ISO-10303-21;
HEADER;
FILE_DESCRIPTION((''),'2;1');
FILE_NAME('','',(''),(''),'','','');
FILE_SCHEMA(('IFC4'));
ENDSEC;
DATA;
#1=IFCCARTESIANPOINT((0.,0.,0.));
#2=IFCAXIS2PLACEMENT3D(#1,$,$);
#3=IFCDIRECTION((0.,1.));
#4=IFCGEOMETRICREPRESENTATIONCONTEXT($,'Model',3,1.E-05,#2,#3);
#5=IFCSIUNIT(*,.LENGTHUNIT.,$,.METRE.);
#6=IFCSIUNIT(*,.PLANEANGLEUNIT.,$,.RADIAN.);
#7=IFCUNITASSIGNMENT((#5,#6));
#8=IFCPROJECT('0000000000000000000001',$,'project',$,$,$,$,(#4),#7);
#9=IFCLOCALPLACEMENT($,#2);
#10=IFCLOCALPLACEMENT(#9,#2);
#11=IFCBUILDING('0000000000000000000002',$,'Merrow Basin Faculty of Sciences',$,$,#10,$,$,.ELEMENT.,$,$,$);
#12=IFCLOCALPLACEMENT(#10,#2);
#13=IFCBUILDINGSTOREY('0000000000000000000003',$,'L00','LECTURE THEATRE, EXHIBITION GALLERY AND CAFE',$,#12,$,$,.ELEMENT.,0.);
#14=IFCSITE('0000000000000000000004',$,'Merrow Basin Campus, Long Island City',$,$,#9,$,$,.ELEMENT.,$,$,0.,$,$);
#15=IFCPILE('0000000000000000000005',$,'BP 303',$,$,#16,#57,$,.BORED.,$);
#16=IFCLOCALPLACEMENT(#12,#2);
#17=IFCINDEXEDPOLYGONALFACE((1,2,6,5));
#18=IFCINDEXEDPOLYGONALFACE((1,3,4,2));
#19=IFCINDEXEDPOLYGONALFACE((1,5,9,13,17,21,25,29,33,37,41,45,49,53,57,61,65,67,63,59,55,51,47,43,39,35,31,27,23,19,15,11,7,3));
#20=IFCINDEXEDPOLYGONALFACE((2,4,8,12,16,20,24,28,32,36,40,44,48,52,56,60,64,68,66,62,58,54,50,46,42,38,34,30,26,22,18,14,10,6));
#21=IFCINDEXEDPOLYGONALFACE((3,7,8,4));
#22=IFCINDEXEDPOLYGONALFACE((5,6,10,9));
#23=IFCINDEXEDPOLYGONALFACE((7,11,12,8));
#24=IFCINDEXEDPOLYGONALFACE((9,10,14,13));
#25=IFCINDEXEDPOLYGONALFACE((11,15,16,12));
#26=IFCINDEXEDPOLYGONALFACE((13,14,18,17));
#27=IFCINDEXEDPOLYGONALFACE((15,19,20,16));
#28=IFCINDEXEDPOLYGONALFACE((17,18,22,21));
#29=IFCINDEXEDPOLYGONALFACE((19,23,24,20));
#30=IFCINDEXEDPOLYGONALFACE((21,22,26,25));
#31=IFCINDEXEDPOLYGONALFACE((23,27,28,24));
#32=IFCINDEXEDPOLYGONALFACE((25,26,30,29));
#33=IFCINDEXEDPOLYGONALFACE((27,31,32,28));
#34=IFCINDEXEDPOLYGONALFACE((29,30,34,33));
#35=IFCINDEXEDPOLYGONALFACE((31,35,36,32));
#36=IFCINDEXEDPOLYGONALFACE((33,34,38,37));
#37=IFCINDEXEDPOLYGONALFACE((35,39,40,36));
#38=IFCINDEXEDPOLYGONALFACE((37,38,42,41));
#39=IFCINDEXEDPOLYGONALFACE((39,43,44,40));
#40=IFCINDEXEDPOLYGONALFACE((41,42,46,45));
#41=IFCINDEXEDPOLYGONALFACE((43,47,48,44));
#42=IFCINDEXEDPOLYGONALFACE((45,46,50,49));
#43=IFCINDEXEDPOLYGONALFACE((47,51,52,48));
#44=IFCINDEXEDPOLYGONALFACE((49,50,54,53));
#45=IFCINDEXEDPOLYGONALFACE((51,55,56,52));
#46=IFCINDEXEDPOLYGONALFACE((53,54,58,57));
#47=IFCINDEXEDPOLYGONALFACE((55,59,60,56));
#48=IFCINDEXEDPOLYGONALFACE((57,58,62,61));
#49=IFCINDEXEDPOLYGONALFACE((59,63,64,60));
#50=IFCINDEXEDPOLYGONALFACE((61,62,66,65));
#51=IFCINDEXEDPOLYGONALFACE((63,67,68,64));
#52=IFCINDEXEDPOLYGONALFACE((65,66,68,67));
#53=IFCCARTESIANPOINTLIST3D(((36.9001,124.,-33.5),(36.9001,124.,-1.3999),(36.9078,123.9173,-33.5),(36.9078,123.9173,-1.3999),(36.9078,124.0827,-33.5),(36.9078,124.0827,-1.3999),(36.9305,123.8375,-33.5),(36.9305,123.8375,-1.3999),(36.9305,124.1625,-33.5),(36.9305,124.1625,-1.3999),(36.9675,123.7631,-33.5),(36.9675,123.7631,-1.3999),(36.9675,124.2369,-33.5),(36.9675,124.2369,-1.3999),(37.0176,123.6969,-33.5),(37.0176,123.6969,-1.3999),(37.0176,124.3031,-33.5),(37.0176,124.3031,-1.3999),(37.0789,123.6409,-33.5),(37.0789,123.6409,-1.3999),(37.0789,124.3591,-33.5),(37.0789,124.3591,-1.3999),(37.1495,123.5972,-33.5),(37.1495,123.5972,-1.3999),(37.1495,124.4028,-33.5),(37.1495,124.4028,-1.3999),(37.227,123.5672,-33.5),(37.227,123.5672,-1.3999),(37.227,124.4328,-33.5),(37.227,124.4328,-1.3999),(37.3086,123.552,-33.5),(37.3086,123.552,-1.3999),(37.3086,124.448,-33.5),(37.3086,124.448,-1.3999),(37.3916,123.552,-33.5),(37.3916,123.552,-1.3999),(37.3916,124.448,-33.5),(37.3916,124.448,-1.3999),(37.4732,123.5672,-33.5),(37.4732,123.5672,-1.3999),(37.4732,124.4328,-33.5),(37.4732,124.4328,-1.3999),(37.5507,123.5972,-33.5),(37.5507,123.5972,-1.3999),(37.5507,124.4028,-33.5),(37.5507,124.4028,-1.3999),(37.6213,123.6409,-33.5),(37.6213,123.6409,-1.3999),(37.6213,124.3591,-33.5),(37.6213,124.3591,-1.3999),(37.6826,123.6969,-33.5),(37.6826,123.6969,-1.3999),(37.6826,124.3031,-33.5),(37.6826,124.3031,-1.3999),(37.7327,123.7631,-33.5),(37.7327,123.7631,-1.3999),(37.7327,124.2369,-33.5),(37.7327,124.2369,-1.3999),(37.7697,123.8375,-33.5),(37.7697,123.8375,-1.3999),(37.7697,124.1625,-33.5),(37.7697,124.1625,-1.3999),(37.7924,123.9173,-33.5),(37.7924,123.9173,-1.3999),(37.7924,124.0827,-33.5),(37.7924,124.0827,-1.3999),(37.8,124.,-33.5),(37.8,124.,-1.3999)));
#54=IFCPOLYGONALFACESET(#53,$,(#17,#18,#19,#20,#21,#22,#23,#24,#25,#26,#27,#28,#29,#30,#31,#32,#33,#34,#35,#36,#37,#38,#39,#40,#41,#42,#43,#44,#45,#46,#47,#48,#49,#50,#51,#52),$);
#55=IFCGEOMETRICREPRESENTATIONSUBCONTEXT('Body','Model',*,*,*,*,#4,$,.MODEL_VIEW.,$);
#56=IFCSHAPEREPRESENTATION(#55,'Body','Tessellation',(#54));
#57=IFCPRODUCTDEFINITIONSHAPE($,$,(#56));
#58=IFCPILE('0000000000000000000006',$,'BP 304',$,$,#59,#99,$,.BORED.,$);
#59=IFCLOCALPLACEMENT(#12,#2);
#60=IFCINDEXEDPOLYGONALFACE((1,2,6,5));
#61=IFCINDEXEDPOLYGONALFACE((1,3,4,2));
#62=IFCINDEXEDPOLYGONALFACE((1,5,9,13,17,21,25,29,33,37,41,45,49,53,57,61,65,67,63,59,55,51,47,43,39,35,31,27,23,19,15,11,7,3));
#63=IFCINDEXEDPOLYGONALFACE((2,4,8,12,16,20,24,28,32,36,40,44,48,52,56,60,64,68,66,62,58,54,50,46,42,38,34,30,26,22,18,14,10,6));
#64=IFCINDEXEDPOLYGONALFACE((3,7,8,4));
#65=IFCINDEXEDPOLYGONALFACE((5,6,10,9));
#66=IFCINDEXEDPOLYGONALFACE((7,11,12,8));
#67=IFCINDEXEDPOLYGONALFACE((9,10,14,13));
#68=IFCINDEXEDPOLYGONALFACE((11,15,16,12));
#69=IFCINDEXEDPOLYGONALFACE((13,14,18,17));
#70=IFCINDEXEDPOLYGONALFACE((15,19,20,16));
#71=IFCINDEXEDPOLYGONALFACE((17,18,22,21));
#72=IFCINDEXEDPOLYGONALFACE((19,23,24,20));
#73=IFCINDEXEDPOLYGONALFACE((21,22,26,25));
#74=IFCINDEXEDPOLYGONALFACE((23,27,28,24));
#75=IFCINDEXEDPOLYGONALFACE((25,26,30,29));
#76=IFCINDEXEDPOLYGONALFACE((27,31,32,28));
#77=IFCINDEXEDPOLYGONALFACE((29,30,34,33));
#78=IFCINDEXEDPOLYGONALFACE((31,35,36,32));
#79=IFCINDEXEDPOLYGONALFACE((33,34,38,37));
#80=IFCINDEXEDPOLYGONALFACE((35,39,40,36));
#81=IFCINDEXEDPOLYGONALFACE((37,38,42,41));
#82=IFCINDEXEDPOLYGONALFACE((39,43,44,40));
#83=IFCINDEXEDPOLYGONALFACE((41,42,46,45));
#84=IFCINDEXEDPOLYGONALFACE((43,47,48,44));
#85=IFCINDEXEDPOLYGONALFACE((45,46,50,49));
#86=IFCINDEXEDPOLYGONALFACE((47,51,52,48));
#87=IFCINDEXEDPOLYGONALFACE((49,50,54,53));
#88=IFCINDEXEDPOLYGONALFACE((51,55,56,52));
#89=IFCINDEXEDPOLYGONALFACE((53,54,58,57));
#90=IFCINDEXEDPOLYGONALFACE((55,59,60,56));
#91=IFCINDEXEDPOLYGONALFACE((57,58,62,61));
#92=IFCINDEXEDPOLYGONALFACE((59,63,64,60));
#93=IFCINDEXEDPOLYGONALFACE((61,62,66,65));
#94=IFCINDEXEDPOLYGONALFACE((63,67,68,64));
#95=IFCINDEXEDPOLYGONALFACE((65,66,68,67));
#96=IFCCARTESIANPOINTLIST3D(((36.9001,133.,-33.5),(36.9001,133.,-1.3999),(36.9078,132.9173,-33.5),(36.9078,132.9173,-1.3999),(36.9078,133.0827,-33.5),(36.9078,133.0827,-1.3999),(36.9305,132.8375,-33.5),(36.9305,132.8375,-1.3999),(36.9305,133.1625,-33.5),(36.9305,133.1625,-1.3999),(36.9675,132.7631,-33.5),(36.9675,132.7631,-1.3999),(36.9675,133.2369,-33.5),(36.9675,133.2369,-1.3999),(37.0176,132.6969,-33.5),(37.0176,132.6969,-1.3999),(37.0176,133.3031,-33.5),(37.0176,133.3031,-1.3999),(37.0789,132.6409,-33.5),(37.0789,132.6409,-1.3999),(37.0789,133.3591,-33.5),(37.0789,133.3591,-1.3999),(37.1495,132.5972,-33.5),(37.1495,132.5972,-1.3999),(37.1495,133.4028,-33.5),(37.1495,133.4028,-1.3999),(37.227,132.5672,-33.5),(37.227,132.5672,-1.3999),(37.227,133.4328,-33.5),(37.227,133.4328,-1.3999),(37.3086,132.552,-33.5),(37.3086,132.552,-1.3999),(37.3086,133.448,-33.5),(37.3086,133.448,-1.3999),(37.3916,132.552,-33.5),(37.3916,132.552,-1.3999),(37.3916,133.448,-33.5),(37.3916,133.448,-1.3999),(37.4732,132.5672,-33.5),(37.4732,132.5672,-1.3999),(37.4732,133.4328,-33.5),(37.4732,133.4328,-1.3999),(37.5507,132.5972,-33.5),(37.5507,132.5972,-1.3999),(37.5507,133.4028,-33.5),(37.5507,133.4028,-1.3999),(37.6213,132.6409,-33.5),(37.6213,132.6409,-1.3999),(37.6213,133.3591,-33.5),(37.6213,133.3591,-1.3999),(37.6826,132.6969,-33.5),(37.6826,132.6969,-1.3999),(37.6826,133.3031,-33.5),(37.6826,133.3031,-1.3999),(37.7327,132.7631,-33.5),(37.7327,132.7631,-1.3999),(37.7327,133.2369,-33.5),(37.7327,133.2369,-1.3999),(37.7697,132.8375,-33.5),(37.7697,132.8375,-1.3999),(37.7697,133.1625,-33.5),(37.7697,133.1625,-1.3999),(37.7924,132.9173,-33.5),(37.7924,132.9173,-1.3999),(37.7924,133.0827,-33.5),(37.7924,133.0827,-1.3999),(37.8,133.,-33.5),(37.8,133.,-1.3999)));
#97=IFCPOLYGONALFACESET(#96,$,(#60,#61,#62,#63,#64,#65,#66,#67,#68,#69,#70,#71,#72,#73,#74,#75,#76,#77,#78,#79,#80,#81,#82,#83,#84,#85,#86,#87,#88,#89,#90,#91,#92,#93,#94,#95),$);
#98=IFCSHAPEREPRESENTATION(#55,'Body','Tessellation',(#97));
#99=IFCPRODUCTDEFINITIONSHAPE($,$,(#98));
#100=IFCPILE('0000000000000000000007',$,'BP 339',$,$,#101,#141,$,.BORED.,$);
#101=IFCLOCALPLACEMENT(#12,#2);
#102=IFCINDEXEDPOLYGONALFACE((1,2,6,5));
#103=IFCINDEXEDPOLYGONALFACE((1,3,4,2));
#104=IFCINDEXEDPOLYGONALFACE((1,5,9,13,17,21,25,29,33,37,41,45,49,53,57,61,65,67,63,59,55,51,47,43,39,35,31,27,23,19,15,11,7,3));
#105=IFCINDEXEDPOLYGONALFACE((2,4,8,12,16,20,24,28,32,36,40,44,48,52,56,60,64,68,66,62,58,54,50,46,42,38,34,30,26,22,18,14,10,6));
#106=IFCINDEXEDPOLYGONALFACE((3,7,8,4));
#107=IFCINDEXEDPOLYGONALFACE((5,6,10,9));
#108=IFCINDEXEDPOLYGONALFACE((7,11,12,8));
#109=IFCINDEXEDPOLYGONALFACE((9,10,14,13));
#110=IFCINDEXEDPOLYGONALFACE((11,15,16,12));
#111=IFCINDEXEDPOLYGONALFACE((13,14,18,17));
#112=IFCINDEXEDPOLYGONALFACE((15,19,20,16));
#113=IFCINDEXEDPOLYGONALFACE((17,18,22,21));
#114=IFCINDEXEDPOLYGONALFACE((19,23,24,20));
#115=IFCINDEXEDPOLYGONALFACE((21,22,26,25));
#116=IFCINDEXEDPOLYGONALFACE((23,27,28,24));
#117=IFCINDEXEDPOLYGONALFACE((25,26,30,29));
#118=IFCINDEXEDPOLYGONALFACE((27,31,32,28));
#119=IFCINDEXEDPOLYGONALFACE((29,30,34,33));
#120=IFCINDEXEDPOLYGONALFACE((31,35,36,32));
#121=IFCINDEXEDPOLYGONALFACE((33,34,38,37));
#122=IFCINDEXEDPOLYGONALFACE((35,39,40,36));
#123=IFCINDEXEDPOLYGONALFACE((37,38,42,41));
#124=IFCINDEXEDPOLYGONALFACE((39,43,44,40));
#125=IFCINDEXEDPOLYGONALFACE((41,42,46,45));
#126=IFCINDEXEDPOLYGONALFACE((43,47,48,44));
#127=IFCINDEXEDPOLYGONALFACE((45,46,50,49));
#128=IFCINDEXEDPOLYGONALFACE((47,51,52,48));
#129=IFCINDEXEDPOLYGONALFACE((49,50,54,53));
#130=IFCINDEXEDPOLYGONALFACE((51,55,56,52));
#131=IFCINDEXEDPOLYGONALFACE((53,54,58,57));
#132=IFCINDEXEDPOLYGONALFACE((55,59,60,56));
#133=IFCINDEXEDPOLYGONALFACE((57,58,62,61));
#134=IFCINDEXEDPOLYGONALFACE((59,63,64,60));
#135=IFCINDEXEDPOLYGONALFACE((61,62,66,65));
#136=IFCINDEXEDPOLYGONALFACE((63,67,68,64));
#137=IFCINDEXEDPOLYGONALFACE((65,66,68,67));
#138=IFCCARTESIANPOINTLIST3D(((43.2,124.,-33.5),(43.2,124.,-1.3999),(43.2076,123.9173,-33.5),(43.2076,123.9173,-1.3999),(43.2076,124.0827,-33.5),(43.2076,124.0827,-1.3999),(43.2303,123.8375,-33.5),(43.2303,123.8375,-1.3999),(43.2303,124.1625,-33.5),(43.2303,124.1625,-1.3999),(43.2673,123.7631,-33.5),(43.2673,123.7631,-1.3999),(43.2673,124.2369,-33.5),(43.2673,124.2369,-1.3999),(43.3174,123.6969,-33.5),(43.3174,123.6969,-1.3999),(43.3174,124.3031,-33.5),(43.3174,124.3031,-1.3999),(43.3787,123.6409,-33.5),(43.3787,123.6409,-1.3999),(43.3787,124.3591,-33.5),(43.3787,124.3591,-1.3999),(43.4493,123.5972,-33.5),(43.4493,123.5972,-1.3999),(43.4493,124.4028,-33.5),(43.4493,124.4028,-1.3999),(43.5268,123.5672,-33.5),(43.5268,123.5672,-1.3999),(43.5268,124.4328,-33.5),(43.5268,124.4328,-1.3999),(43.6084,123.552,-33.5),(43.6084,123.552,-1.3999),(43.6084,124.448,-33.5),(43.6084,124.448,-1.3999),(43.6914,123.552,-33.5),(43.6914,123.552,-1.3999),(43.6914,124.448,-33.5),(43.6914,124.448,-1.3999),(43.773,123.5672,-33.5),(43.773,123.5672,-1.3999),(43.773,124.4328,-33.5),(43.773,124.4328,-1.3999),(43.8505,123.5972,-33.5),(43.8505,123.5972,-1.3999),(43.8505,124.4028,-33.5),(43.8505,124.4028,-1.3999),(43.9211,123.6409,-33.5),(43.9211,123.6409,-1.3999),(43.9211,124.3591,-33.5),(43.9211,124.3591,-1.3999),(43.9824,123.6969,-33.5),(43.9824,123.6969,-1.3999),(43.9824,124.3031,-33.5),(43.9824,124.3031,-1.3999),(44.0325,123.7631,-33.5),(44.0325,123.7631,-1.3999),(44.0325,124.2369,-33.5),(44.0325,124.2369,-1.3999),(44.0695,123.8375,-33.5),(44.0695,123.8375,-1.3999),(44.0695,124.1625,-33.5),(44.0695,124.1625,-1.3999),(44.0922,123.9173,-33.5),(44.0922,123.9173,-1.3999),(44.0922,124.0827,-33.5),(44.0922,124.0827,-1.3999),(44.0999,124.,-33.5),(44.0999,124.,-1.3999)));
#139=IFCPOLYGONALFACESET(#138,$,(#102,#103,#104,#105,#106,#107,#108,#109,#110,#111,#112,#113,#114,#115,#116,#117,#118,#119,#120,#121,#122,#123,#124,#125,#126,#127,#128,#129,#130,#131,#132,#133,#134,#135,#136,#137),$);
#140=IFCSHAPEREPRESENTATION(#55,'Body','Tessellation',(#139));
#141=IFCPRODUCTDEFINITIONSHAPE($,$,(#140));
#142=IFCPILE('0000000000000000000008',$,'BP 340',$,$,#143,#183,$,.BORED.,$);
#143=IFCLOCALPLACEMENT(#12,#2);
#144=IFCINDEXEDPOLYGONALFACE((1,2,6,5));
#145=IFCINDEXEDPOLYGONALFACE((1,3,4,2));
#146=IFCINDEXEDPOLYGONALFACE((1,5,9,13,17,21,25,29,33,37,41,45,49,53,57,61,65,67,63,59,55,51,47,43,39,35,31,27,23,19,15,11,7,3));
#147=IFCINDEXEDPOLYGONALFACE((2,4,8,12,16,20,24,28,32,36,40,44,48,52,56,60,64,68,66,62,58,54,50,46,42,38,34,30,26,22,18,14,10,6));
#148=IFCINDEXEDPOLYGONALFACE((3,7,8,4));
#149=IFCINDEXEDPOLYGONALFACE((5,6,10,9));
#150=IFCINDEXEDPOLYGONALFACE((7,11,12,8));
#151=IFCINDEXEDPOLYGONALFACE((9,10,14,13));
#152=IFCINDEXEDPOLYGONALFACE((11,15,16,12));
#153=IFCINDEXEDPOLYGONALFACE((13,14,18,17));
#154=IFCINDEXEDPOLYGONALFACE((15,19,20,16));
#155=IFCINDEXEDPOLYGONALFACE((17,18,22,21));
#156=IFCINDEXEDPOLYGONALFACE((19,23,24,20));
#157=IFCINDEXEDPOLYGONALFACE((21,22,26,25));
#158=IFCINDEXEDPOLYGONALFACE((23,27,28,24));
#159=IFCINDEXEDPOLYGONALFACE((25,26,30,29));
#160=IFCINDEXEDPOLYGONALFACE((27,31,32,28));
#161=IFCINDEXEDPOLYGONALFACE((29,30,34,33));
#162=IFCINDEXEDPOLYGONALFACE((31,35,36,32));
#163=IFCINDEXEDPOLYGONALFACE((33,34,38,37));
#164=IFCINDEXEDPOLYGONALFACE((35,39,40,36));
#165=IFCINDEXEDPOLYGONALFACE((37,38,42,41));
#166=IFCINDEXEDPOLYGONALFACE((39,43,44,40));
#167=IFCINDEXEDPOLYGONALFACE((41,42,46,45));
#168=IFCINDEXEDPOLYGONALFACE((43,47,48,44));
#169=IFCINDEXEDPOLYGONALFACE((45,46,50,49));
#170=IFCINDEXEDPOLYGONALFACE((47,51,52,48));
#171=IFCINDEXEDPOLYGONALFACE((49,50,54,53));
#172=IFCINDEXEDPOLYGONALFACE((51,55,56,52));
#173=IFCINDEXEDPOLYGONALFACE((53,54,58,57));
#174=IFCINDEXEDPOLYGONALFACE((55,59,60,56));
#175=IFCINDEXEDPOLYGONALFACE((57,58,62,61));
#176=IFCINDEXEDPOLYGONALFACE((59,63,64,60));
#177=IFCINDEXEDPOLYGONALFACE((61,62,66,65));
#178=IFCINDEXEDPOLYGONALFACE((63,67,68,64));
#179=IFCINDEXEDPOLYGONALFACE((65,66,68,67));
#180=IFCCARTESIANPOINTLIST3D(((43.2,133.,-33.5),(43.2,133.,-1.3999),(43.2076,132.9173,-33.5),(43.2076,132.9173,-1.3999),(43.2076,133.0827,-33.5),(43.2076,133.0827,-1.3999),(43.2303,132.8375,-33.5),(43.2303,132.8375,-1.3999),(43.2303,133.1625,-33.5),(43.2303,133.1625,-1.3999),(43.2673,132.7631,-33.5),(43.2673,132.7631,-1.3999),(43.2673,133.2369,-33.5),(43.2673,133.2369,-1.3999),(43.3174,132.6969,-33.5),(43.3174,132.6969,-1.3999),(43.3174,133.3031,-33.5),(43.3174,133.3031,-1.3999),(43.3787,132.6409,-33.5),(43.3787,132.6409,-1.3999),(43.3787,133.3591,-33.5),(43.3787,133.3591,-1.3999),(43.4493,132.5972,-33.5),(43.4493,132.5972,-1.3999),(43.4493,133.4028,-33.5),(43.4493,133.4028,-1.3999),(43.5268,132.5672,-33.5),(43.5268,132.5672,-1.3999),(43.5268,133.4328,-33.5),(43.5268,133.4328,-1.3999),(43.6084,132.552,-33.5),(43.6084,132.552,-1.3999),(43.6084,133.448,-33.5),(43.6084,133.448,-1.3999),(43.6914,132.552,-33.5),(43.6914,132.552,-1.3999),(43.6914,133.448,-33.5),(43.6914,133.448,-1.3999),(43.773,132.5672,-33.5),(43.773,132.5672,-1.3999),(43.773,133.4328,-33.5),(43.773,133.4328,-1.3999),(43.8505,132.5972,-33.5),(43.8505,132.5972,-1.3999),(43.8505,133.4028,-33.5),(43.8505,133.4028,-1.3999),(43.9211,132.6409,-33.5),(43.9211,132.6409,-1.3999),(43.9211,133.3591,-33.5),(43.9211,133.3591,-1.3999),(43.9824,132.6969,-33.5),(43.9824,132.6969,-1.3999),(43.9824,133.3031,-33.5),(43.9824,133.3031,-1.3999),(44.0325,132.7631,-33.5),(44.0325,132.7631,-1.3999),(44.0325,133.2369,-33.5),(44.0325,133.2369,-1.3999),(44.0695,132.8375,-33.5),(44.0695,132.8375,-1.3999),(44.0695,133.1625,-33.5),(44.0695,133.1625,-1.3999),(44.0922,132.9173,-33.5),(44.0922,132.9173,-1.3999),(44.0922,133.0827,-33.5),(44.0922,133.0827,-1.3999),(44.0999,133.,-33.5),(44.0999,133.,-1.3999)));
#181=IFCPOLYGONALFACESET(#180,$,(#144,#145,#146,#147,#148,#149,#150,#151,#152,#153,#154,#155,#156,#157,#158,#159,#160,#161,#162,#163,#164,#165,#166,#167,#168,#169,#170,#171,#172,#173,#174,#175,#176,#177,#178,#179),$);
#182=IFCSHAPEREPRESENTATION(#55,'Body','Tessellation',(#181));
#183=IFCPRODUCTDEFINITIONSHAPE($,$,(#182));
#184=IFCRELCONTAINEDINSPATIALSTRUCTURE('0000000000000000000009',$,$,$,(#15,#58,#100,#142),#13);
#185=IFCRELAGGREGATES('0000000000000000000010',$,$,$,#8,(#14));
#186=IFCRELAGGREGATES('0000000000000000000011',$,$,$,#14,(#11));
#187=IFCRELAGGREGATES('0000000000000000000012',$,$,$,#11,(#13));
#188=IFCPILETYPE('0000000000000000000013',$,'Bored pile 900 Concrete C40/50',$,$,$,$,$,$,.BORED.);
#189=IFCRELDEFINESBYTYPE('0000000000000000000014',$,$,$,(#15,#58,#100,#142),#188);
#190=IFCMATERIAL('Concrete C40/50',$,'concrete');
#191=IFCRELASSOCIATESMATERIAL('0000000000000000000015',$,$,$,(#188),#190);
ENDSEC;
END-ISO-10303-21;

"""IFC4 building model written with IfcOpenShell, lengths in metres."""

from ifc_helpers import new_model, si_unit, direction, frame, origin, origin_2d, place, context, subcontext, project, spatial, circle, extrude, material, material_profile, profile_set, type_object, element, save


model = new_model("IFC4")

# Units and contexts
model_context = context("Model", 3, precision=1e-05, world=origin(), true_north=direction((0.0, 1.0)))
body_context = subcontext(model_context, "Body", "Model", "MODEL_VIEW")
ifc_project = project(units=[si_unit("LENGTHUNIT", "METRE"), si_unit("PLANEANGLEUNIT", "RADIAN")], contexts=[model_context])

# Site, building, storey
site_placement = place(None, origin())
site = spatial("IfcSite", under=ifc_project, at=site_placement, Name="Merrow Basin Campus, Long Island City", CompositionType="ELEMENT", RefElevation=0.0)
building_placement = place(site_placement, origin())
building = spatial("IfcBuilding", under=site, at=building_placement, Name="Merrow Basin Faculty of Sciences", CompositionType="ELEMENT")
storey_placement = place(building_placement, origin())
storey = spatial("IfcBuildingStorey", under=building, at=storey_placement, Name="L00", Description="LECTURE THEATRE, EXHIBITION GALLERY AND CAFE", CompositionType="ELEMENT", Elevation=0.0)

# Piles
ifc_material_1 = material(Name="Concrete C40/50", Category="concrete")
ifc_material_profile_1 = material_profile(ifc_material_1, circle(Radius=0.45, at=origin_2d()))
ifc_profile_set_1 = profile_set([ifc_material_profile_1], Name="Concrete C40/50")
pile_type = type_object("IfcPileType", Name="Bored pile 900 Concrete C40/50", PredefinedType="BORED", material=ifc_profile_set_1)
for number, where, z_axis, x_axis, name in (
    (1, (37.3501, 124.0, -1.3999), (0.0, 0.0, -1.0), (1.0, 0.0, 0.0), "BP 303"),
    (2, (37.3501, 133.0, -1.3999), (0.0, 0.0, -1.0), (1.0, 0.0, 0.0), "BP 304"),
    (3, (43.6499, 124.0, -1.3999), (0.0, 0.0, -1.0), (1.0, 0.0, 0.0), "BP 339"),
    (4, (43.6499, 133.0, -1.3999), (0.0, 0.0, -1.0), (1.0, 0.0, 0.0), "BP 340"),
):
    element("IfcPile", number, at=place(storey_placement, frame(where, z_axis=z_axis, x_axis=x_axis)), inside=storey, type_object=pile_type, Name=name, PredefinedType="BORED", context=body_context, shape_type="SweptSolid", body=[
        extrude(circle(Radius=0.45, at=origin_2d()), origin(), (0.0, 0.0, 1.0), 32.1001),
    ])

save(model, "model.ifc")
